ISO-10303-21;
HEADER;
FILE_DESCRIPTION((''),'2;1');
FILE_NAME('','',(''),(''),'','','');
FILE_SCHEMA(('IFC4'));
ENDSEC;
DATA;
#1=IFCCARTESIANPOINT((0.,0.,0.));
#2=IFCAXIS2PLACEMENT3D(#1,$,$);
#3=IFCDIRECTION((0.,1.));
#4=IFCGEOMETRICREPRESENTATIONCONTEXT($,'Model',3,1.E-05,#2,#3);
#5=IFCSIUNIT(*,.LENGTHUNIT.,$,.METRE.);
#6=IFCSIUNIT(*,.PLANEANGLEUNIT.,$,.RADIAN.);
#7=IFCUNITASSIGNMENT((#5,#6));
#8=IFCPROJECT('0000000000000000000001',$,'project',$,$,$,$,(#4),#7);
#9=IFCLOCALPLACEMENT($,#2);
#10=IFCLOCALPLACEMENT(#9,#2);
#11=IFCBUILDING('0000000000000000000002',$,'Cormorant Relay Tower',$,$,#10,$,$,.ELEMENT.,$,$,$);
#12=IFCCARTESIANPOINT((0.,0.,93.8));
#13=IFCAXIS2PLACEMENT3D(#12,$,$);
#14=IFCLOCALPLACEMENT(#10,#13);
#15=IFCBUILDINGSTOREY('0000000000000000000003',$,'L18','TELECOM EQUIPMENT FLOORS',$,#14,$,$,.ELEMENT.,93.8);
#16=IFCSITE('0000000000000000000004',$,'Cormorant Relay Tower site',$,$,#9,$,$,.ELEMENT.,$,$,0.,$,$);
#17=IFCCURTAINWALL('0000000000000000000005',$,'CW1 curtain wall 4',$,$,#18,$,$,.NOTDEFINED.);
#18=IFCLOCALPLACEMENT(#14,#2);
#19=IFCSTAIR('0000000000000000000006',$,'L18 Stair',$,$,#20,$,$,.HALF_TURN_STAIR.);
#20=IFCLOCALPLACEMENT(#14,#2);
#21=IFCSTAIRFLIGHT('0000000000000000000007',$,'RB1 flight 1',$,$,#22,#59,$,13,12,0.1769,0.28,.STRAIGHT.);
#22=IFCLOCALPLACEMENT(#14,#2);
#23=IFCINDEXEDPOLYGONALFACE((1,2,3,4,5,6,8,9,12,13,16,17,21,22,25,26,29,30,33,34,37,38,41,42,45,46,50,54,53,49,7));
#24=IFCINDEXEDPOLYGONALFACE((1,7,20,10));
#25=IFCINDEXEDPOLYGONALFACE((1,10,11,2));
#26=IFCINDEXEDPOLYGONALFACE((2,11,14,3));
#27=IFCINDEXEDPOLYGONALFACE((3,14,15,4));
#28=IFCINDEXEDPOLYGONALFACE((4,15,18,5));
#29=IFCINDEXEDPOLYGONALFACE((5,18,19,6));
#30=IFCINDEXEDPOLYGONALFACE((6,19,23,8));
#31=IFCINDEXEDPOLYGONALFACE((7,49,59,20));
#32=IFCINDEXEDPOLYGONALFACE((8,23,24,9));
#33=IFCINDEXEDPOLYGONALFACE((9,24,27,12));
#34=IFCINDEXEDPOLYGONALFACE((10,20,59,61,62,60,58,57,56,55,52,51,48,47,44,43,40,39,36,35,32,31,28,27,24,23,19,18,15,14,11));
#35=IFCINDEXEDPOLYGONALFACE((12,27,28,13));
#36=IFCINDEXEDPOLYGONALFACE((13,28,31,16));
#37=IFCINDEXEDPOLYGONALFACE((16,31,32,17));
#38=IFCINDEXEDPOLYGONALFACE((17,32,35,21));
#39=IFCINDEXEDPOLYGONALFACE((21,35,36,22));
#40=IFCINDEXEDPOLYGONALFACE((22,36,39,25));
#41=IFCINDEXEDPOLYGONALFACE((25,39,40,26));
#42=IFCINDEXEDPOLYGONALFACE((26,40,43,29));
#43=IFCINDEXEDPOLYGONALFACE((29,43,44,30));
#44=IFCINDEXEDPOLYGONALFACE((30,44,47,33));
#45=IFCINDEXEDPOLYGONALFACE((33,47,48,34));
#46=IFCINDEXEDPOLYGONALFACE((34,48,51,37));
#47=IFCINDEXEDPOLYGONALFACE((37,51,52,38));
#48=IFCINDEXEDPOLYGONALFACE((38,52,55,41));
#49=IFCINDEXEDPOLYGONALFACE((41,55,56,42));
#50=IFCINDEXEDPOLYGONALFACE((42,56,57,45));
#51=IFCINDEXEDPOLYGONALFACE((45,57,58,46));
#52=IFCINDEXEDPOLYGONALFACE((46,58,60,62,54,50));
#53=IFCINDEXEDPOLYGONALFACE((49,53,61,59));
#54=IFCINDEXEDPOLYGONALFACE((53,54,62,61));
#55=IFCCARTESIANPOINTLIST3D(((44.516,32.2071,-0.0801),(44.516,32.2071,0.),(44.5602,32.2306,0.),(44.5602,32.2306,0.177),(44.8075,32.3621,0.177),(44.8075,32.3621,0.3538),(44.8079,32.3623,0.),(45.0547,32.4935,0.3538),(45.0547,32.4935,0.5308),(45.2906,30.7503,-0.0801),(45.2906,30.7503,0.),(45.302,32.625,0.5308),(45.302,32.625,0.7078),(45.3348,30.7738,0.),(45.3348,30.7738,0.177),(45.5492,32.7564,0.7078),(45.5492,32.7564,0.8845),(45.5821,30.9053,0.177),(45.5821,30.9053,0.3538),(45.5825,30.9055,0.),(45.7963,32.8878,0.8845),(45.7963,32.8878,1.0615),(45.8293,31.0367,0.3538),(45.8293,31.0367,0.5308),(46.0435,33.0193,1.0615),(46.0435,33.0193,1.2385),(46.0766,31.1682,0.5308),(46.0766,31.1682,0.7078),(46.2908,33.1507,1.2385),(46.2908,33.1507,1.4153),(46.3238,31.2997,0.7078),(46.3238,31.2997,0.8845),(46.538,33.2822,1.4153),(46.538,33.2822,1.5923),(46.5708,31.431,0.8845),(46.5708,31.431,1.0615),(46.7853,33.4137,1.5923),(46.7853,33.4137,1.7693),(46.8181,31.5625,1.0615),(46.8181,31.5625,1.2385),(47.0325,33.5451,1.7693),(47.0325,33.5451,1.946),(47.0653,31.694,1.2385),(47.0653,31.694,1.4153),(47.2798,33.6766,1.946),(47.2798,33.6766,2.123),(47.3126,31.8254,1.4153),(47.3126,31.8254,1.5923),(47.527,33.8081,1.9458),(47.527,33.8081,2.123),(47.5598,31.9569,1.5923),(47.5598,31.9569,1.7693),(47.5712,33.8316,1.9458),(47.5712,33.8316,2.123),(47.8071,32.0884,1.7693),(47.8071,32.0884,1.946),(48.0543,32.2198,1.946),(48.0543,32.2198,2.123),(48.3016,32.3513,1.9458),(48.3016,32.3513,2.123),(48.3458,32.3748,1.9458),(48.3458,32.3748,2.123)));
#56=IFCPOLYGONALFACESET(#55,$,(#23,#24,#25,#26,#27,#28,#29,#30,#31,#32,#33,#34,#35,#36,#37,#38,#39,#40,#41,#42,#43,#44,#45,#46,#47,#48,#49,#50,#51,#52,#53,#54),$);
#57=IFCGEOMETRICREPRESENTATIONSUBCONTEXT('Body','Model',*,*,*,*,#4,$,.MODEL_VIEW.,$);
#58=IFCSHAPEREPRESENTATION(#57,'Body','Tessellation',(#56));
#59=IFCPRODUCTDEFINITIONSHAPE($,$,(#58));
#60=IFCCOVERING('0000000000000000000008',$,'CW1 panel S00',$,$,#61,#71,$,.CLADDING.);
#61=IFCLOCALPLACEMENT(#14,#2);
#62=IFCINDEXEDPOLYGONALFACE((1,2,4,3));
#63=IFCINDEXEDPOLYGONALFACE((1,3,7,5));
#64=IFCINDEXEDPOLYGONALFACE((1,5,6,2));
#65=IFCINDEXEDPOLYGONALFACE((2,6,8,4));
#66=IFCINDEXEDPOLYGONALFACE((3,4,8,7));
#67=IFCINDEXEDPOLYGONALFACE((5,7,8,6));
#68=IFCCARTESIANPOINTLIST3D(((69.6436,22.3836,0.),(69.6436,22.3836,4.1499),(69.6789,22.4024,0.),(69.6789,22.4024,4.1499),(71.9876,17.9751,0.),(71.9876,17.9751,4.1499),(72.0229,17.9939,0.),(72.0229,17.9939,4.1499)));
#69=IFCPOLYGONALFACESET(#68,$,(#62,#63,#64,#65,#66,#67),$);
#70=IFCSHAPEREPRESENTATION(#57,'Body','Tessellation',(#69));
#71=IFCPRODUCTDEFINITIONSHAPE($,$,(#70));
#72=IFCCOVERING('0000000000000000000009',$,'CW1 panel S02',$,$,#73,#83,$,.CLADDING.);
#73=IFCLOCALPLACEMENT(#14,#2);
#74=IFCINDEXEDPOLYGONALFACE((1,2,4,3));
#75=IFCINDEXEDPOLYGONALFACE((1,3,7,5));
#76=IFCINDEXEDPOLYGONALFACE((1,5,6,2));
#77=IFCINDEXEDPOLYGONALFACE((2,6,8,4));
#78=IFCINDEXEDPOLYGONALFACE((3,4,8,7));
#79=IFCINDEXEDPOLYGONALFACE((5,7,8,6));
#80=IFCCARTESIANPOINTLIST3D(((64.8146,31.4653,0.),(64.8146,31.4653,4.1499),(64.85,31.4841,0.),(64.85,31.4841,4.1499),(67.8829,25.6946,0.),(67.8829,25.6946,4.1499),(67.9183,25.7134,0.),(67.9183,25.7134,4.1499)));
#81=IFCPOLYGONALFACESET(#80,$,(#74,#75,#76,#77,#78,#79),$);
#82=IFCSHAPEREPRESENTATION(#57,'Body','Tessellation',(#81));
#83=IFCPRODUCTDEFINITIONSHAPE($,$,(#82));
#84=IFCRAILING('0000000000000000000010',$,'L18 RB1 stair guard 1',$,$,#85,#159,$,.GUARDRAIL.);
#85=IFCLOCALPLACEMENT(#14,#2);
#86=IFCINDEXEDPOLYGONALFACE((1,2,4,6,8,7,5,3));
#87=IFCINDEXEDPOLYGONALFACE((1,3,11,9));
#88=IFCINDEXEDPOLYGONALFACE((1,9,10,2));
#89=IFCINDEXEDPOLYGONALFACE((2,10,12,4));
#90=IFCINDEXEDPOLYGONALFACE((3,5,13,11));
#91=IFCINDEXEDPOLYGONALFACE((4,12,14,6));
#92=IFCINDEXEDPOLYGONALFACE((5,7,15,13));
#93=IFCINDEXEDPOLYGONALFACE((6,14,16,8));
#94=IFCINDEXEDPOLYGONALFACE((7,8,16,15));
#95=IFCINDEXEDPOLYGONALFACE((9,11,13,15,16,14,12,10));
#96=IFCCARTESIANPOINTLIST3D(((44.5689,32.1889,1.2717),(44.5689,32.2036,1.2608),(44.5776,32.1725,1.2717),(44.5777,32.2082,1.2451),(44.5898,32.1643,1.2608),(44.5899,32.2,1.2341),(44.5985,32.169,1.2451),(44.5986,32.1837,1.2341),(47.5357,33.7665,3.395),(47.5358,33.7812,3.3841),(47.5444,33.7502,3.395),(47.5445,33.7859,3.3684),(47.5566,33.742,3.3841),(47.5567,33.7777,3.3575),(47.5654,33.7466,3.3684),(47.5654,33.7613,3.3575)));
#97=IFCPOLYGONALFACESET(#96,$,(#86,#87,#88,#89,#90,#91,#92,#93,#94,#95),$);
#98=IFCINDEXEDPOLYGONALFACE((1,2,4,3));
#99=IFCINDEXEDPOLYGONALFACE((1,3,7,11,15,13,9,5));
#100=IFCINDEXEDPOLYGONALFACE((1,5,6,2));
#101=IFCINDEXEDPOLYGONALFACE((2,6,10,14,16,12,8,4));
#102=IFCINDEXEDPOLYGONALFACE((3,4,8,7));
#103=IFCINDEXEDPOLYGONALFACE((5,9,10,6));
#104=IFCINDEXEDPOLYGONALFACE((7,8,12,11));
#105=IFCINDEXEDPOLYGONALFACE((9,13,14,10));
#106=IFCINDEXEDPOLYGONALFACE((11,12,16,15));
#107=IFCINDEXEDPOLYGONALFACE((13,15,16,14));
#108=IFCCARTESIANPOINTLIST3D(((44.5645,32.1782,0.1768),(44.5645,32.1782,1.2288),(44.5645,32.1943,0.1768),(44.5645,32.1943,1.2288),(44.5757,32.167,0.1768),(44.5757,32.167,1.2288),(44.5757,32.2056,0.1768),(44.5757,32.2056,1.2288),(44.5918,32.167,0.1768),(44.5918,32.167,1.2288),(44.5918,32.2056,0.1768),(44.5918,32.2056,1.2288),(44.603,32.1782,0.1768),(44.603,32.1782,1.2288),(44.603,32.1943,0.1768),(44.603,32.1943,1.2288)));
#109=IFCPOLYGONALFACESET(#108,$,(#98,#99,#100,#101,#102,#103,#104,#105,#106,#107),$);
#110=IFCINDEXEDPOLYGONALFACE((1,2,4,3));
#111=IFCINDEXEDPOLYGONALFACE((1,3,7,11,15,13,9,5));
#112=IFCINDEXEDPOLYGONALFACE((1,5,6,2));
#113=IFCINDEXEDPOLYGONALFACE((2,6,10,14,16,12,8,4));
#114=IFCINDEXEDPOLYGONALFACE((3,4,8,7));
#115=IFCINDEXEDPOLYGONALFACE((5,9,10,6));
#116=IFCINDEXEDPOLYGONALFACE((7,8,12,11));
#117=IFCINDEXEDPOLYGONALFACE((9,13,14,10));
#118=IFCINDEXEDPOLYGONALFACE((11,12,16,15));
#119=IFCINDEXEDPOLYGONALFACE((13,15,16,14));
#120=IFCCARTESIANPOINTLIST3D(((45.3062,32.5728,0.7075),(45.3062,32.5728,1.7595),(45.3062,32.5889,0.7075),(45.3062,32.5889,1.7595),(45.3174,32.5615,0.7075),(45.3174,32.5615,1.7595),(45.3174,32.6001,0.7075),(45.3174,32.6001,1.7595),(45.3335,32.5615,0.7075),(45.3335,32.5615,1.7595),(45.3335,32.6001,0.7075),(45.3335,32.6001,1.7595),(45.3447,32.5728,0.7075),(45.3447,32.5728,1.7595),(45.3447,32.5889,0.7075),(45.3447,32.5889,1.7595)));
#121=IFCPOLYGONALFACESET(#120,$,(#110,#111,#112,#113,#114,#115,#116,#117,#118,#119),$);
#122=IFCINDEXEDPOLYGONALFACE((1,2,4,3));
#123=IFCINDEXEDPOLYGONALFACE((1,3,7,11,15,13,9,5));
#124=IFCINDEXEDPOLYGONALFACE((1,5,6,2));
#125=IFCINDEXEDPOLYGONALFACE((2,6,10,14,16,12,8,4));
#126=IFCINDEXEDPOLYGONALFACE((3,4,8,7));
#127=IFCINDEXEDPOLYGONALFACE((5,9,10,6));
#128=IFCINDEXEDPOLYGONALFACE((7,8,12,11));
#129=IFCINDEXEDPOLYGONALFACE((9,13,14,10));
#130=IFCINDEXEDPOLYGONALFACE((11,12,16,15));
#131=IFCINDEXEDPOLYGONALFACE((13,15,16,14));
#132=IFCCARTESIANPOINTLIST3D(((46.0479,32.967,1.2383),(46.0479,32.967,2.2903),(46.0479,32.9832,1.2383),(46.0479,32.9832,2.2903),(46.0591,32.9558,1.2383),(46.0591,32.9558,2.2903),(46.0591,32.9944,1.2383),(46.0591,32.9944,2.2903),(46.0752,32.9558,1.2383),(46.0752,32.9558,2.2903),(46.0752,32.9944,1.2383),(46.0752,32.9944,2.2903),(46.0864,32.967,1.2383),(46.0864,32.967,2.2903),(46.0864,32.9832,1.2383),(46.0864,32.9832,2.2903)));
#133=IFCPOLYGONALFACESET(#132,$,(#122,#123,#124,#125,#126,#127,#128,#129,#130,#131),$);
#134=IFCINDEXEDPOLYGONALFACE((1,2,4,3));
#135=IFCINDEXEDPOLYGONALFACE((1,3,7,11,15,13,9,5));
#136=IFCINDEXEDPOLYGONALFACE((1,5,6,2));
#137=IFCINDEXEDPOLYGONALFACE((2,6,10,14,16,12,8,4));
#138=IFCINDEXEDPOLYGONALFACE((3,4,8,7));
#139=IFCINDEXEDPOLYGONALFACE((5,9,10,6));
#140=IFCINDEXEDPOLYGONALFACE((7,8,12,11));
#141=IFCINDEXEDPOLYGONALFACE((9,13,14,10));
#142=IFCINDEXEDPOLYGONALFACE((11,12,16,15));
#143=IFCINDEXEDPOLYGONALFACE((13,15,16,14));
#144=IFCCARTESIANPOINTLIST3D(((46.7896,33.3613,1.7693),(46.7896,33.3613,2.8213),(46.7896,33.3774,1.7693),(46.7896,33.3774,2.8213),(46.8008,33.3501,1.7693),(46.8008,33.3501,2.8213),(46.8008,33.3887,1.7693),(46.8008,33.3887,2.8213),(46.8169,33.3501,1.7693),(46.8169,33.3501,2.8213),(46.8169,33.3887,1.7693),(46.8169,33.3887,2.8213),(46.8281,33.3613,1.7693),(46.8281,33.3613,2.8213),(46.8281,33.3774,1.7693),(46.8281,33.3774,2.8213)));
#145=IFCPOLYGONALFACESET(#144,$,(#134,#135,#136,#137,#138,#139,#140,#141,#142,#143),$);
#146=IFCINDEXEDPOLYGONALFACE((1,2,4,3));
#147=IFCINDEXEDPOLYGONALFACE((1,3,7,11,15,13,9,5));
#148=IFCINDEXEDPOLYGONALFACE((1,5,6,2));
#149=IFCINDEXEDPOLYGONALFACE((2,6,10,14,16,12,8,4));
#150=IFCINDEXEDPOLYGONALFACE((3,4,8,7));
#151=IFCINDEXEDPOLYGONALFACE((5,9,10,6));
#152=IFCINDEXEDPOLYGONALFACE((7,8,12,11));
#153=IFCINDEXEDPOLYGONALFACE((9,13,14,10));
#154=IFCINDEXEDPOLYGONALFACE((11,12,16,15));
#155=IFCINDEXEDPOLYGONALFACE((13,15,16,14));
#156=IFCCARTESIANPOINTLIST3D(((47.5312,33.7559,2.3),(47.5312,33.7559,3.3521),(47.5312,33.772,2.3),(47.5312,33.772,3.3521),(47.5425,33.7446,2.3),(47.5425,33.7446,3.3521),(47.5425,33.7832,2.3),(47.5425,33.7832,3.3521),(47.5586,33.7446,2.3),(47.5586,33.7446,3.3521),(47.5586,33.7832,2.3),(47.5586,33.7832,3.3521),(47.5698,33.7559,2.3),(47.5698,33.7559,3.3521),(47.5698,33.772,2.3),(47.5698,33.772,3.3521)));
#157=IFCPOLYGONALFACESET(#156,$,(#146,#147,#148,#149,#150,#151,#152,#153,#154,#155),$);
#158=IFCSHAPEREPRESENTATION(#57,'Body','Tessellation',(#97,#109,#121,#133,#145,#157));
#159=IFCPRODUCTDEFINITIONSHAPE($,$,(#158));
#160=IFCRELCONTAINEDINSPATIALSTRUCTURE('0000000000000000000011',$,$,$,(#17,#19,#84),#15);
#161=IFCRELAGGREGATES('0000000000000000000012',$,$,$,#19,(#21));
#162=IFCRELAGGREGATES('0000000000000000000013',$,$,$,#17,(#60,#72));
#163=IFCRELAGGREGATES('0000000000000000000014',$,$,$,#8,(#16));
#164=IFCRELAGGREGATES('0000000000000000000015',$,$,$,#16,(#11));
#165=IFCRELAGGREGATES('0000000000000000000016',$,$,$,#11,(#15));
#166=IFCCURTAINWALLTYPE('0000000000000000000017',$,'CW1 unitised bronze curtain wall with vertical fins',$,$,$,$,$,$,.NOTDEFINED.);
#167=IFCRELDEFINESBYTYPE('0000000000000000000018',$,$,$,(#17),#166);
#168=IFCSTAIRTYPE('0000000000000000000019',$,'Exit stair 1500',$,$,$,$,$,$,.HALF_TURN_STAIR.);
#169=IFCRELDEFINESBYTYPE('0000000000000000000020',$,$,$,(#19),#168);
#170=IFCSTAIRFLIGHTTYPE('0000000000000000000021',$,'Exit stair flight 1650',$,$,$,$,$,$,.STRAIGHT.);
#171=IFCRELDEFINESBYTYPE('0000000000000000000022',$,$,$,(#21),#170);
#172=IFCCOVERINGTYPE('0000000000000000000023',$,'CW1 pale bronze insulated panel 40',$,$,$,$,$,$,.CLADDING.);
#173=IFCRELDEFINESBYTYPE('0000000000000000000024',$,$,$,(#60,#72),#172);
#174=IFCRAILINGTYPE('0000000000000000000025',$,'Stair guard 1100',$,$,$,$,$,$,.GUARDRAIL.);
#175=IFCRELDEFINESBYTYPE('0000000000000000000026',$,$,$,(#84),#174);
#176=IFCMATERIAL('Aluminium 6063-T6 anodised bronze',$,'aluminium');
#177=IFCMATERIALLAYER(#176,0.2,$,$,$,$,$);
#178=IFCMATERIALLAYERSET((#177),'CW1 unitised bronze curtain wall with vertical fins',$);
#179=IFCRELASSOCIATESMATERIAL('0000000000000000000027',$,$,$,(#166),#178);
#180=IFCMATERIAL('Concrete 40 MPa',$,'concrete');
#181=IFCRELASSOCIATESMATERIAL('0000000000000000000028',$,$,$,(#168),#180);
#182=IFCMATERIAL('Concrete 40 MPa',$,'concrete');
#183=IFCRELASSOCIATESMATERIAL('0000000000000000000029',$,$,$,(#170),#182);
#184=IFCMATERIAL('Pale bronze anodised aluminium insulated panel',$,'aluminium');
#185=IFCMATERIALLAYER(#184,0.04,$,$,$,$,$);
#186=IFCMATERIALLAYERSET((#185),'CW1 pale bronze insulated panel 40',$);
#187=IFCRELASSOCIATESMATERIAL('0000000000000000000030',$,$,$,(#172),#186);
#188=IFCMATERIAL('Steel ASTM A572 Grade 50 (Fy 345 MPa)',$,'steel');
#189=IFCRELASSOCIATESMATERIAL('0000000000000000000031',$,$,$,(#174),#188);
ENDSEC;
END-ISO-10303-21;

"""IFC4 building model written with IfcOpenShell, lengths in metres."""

from ifc_helpers import new_model, si_unit, direction, frame, origin, origin_2d, place, context, subcontext, project, spatial, polyline, rectangle, outline, extrude, material, layer, layer_set, type_object, element, aggregate, save


model = new_model("IFC4")

# Units and contexts
model_context = context("Model", 3, precision=1e-05, world=origin(), true_north=direction((0.0, 1.0)))
body_context = subcontext(model_context, "Body", "Model", "MODEL_VIEW")
ifc_project = project(units=[si_unit("LENGTHUNIT", "METRE"), si_unit("PLANEANGLEUNIT", "RADIAN")], contexts=[model_context])

# Site, building, storey
site_placement = place(None, origin())
site = spatial("IfcSite", under=ifc_project, at=site_placement, Name="Cormorant Relay Tower site", CompositionType="ELEMENT", RefElevation=0.0)
building_placement = place(site_placement, origin())
building = spatial("IfcBuilding", under=site, at=building_placement, Name="Cormorant Relay Tower", CompositionType="ELEMENT")
storey_placement = place(building_placement, frame((0.0, 0.0, 93.8)))
storey = spatial("IfcBuildingStorey", under=building, at=storey_placement, Name="L18", Description="TELECOM EQUIPMENT FLOORS", CompositionType="ELEMENT", Elevation=93.8)

# Curtain wall
ifc_material_1 = material(Name="Aluminium 6063-T6 anodised bronze", Category="aluminium")
ifc_layer_1 = layer(ifc_material_1, 0.2)
ifc_layer_set_1 = layer_set([ifc_layer_1], Name="CW1 unitised bronze curtain wall with vertical fins")
curtain_wall_type = type_object("IfcCurtainWallType", Name="CW1 unitised bronze curtain wall with vertical fins", PredefinedType="NOTDEFINED", material=ifc_layer_set_1)
curtain_wall_1_placement = place(storey_placement, origin())
curtain_wall_1 = element("IfcCurtainWall", 1, at=curtain_wall_1_placement, inside=storey, type_object=curtain_wall_type, Name="CW1 curtain wall 4", PredefinedType="NOTDEFINED")

# Stair, stair flight
ifc_material_2 = material(Name="Concrete 40 MPa", Category="concrete")
stair_type = type_object("IfcStairType", Name="Exit stair 1500", PredefinedType="HALF_TURN_STAIR", material=ifc_material_2)
stair_placement = place(storey_placement, origin())
stair = element("IfcStair", 2, at=stair_placement, inside=storey, type_object=stair_type, Name="L18 Stair", PredefinedType="HALF_TURN_STAIR")
ifc_material_3 = material(Name="Concrete 40 MPa", Category="concrete")
stair_flight_type = type_object("IfcStairFlightType", Name="Exit stair flight 1650", PredefinedType="STRAIGHT", material=ifc_material_3)
stair_flight_placement = place(storey_placement, frame((44.9475, 31.5022, 0.0), z_axis=(0.0, 0.0, 1.0), x_axis=(0.882948, 0.469472, 0.0)))
stair_flight = element("IfcStairFlight", 3, at=stair_flight_placement, type_object=stair_flight_type, Name="RB1 flight 1", NumberOfRisers=13, NumberOfTreads=12, PredefinedType="STRAIGHT", RiserHeight=0.1769, TreadLength=0.28, context=body_context, shape_type="SweptSolid", body=[
    extrude(outline(polyline([(-0.05, -0.0801), (-0.05, 0.0), (0.0, 0.0), (0.0, 0.177), (0.28, 0.177), (0.28, 0.3538), (0.5601, 0.3538), (0.5601, 0.5308), (0.8401, 0.5308), (0.8401, 0.7078), (1.1201, 0.7078), (1.1201, 0.8845), (1.3999, 0.8845), (1.3999, 1.0615), (1.6799, 1.0615), (1.6799, 1.2385), (1.96, 1.2385), (1.96, 1.4153), (2.24, 1.4153), (2.24, 1.5923), (2.52, 1.5923), (2.52, 1.7693), (2.8, 1.7693), (2.8, 1.946), (3.0801, 1.946), (3.0801, 2.123), (3.3601, 2.123), (3.4102, 2.123), (3.4102, 1.9458), (3.3601, 1.9458), (0.2805, 0.0), (-0.05, -0.0801)])), frame((0.0, 0.825, 0.0), z_axis=(0.0, -1.0, 0.0), x_axis=(1.0, 0.0, 0.0)), (0.0, 0.0, 1.0), 1.6499),
])
aggregate(stair, [stair_flight])

# Coverings
ifc_material_4 = material(Name="Pale bronze anodised aluminium insulated panel", Category="aluminium")
ifc_layer_2 = layer(ifc_material_4, 0.04)
ifc_layer_set_2 = layer_set([ifc_layer_2], Name="CW1 pale bronze insulated panel 40")
covering_type = type_object("IfcCoveringType", Name="CW1 pale bronze insulated panel 40", PredefinedType="CLADDING", material=ifc_layer_set_2)
covering_1_placement = place(storey_placement, frame((70.8333, 20.1887, 0.0), z_axis=(0.0, 0.0, 1.0), x_axis=(-0.469472, 0.882948, 0.0)))
covering_1 = element("IfcCovering", 4, at=covering_1_placement, type_object=covering_type, Name="CW1 panel S00", PredefinedType="CLADDING", context=body_context, shape_type="SweptSolid", body=[
    extrude(rectangle(XDim=4.9929, YDim=0.04, at=origin_2d()), origin(), (0.0, 0.0, 1.0), 4.1499),
])
covering_2_placement = place(storey_placement, frame((66.3665, 28.5894, 0.0), z_axis=(0.0, 0.0, 1.0), x_axis=(-0.469472, 0.882948, 0.0)))
covering_2 = element("IfcCovering", 5, at=covering_2_placement, type_object=covering_type, Name="CW1 panel S02", PredefinedType="CLADDING", context=body_context, shape_type="SweptSolid", body=[
    extrude(rectangle(XDim=6.5356, YDim=0.04, at=origin_2d()), origin(), (0.0, 0.0, 1.0), 4.1499),
])
aggregate(curtain_wall_1, [covering_1, covering_2])

# Railing
ifc_material_5 = material(Name="Steel ASTM A572 Grade 50 (Fy 345 MPa)", Category="steel")
railing_type_1 = type_object("IfcRailingType", Name="Stair guard 1100", PredefinedType="GUARDRAIL", material=ifc_material_5)
railing_1_placement = place(storey_placement, frame((44.5837, 32.1863, 0.1768)))
element("IfcRailing", 6, at=railing_1_placement, inside=storey, type_object=railing_type_1, Name="L18 RB1 stair guard 1", PredefinedType="GUARDRAIL", context=body_context, shape_type="SweptSolid", body=[
    extrude(outline(polyline([(0.0222, 0.0093), (0.0093, 0.0222), (-0.0093, 0.0222), (-0.0222, 0.0093), (-0.0222, -0.0093), (-0.0093, -0.0222), (0.0093, -0.0222), (0.0222, -0.0093), (0.0222, 0.0093)])), frame((0.0, 0.0, 1.0762), z_axis=(0.746398, 0.396908, 0.534186), x_axis=(-0.469509, 0.882928, 0.0)), (0.0, 0.0, 1.0), 3.9749),
    extrude(outline(polyline([(0.0193, 0.0081), (0.0081, 0.0193), (-0.0081, 0.0193), (-0.0193, 0.0081), (-0.0193, -0.0081), (-0.0081, -0.0193), (0.0081, -0.0193), (0.0193, -0.0081), (0.0193, 0.0081)])), origin(), (0.0, 0.0, 1.0), 1.052),
    extrude(outline(polyline([(0.0193, 0.0081), (0.0081, 0.0193), (-0.0081, 0.0193), (-0.0193, 0.0081), (-0.0193, -0.0081), (-0.0081, -0.0193), (0.0081, -0.0193), (0.0193, -0.0081), (0.0193, 0.0081)])), frame((0.7417, 0.3945, 0.5308)), (0.0, 0.0, 1.0), 1.052),
    extrude(outline(polyline([(0.0193, 0.0081), (0.0081, 0.0193), (-0.0081, 0.0193), (-0.0193, 0.0081), (-0.0193, -0.0081), (-0.0081, -0.0193), (0.0081, -0.0193), (0.0193, -0.0081), (0.0193, 0.0081)])), frame((1.4834, 0.7888, 1.0615)), (0.0, 0.0, 1.0), 1.052),
    extrude(outline(polyline([(0.0193, 0.0081), (0.0081, 0.0193), (-0.0081, 0.0193), (-0.0193, 0.0081), (-0.0193, -0.0081), (-0.0081, -0.0193), (0.0081, -0.0193), (0.0193, -0.0081), (0.0193, 0.0081)])), frame((2.2251, 1.1831, 1.5925)), (0.0, 0.0, 1.0), 1.052),
    extrude(outline(polyline([(0.0193, 0.0081), (0.0081, 0.0193), (-0.0081, 0.0193), (-0.0193, 0.0081), (-0.0193, -0.0081), (-0.0081, -0.0193), (0.0081, -0.0193), (0.0193, -0.0081), (0.0193, 0.0081)])), frame((2.9668, 1.5776, 2.1233)), (0.0, 0.0, 1.0), 1.052),
])

save(model, "model.ifc")
